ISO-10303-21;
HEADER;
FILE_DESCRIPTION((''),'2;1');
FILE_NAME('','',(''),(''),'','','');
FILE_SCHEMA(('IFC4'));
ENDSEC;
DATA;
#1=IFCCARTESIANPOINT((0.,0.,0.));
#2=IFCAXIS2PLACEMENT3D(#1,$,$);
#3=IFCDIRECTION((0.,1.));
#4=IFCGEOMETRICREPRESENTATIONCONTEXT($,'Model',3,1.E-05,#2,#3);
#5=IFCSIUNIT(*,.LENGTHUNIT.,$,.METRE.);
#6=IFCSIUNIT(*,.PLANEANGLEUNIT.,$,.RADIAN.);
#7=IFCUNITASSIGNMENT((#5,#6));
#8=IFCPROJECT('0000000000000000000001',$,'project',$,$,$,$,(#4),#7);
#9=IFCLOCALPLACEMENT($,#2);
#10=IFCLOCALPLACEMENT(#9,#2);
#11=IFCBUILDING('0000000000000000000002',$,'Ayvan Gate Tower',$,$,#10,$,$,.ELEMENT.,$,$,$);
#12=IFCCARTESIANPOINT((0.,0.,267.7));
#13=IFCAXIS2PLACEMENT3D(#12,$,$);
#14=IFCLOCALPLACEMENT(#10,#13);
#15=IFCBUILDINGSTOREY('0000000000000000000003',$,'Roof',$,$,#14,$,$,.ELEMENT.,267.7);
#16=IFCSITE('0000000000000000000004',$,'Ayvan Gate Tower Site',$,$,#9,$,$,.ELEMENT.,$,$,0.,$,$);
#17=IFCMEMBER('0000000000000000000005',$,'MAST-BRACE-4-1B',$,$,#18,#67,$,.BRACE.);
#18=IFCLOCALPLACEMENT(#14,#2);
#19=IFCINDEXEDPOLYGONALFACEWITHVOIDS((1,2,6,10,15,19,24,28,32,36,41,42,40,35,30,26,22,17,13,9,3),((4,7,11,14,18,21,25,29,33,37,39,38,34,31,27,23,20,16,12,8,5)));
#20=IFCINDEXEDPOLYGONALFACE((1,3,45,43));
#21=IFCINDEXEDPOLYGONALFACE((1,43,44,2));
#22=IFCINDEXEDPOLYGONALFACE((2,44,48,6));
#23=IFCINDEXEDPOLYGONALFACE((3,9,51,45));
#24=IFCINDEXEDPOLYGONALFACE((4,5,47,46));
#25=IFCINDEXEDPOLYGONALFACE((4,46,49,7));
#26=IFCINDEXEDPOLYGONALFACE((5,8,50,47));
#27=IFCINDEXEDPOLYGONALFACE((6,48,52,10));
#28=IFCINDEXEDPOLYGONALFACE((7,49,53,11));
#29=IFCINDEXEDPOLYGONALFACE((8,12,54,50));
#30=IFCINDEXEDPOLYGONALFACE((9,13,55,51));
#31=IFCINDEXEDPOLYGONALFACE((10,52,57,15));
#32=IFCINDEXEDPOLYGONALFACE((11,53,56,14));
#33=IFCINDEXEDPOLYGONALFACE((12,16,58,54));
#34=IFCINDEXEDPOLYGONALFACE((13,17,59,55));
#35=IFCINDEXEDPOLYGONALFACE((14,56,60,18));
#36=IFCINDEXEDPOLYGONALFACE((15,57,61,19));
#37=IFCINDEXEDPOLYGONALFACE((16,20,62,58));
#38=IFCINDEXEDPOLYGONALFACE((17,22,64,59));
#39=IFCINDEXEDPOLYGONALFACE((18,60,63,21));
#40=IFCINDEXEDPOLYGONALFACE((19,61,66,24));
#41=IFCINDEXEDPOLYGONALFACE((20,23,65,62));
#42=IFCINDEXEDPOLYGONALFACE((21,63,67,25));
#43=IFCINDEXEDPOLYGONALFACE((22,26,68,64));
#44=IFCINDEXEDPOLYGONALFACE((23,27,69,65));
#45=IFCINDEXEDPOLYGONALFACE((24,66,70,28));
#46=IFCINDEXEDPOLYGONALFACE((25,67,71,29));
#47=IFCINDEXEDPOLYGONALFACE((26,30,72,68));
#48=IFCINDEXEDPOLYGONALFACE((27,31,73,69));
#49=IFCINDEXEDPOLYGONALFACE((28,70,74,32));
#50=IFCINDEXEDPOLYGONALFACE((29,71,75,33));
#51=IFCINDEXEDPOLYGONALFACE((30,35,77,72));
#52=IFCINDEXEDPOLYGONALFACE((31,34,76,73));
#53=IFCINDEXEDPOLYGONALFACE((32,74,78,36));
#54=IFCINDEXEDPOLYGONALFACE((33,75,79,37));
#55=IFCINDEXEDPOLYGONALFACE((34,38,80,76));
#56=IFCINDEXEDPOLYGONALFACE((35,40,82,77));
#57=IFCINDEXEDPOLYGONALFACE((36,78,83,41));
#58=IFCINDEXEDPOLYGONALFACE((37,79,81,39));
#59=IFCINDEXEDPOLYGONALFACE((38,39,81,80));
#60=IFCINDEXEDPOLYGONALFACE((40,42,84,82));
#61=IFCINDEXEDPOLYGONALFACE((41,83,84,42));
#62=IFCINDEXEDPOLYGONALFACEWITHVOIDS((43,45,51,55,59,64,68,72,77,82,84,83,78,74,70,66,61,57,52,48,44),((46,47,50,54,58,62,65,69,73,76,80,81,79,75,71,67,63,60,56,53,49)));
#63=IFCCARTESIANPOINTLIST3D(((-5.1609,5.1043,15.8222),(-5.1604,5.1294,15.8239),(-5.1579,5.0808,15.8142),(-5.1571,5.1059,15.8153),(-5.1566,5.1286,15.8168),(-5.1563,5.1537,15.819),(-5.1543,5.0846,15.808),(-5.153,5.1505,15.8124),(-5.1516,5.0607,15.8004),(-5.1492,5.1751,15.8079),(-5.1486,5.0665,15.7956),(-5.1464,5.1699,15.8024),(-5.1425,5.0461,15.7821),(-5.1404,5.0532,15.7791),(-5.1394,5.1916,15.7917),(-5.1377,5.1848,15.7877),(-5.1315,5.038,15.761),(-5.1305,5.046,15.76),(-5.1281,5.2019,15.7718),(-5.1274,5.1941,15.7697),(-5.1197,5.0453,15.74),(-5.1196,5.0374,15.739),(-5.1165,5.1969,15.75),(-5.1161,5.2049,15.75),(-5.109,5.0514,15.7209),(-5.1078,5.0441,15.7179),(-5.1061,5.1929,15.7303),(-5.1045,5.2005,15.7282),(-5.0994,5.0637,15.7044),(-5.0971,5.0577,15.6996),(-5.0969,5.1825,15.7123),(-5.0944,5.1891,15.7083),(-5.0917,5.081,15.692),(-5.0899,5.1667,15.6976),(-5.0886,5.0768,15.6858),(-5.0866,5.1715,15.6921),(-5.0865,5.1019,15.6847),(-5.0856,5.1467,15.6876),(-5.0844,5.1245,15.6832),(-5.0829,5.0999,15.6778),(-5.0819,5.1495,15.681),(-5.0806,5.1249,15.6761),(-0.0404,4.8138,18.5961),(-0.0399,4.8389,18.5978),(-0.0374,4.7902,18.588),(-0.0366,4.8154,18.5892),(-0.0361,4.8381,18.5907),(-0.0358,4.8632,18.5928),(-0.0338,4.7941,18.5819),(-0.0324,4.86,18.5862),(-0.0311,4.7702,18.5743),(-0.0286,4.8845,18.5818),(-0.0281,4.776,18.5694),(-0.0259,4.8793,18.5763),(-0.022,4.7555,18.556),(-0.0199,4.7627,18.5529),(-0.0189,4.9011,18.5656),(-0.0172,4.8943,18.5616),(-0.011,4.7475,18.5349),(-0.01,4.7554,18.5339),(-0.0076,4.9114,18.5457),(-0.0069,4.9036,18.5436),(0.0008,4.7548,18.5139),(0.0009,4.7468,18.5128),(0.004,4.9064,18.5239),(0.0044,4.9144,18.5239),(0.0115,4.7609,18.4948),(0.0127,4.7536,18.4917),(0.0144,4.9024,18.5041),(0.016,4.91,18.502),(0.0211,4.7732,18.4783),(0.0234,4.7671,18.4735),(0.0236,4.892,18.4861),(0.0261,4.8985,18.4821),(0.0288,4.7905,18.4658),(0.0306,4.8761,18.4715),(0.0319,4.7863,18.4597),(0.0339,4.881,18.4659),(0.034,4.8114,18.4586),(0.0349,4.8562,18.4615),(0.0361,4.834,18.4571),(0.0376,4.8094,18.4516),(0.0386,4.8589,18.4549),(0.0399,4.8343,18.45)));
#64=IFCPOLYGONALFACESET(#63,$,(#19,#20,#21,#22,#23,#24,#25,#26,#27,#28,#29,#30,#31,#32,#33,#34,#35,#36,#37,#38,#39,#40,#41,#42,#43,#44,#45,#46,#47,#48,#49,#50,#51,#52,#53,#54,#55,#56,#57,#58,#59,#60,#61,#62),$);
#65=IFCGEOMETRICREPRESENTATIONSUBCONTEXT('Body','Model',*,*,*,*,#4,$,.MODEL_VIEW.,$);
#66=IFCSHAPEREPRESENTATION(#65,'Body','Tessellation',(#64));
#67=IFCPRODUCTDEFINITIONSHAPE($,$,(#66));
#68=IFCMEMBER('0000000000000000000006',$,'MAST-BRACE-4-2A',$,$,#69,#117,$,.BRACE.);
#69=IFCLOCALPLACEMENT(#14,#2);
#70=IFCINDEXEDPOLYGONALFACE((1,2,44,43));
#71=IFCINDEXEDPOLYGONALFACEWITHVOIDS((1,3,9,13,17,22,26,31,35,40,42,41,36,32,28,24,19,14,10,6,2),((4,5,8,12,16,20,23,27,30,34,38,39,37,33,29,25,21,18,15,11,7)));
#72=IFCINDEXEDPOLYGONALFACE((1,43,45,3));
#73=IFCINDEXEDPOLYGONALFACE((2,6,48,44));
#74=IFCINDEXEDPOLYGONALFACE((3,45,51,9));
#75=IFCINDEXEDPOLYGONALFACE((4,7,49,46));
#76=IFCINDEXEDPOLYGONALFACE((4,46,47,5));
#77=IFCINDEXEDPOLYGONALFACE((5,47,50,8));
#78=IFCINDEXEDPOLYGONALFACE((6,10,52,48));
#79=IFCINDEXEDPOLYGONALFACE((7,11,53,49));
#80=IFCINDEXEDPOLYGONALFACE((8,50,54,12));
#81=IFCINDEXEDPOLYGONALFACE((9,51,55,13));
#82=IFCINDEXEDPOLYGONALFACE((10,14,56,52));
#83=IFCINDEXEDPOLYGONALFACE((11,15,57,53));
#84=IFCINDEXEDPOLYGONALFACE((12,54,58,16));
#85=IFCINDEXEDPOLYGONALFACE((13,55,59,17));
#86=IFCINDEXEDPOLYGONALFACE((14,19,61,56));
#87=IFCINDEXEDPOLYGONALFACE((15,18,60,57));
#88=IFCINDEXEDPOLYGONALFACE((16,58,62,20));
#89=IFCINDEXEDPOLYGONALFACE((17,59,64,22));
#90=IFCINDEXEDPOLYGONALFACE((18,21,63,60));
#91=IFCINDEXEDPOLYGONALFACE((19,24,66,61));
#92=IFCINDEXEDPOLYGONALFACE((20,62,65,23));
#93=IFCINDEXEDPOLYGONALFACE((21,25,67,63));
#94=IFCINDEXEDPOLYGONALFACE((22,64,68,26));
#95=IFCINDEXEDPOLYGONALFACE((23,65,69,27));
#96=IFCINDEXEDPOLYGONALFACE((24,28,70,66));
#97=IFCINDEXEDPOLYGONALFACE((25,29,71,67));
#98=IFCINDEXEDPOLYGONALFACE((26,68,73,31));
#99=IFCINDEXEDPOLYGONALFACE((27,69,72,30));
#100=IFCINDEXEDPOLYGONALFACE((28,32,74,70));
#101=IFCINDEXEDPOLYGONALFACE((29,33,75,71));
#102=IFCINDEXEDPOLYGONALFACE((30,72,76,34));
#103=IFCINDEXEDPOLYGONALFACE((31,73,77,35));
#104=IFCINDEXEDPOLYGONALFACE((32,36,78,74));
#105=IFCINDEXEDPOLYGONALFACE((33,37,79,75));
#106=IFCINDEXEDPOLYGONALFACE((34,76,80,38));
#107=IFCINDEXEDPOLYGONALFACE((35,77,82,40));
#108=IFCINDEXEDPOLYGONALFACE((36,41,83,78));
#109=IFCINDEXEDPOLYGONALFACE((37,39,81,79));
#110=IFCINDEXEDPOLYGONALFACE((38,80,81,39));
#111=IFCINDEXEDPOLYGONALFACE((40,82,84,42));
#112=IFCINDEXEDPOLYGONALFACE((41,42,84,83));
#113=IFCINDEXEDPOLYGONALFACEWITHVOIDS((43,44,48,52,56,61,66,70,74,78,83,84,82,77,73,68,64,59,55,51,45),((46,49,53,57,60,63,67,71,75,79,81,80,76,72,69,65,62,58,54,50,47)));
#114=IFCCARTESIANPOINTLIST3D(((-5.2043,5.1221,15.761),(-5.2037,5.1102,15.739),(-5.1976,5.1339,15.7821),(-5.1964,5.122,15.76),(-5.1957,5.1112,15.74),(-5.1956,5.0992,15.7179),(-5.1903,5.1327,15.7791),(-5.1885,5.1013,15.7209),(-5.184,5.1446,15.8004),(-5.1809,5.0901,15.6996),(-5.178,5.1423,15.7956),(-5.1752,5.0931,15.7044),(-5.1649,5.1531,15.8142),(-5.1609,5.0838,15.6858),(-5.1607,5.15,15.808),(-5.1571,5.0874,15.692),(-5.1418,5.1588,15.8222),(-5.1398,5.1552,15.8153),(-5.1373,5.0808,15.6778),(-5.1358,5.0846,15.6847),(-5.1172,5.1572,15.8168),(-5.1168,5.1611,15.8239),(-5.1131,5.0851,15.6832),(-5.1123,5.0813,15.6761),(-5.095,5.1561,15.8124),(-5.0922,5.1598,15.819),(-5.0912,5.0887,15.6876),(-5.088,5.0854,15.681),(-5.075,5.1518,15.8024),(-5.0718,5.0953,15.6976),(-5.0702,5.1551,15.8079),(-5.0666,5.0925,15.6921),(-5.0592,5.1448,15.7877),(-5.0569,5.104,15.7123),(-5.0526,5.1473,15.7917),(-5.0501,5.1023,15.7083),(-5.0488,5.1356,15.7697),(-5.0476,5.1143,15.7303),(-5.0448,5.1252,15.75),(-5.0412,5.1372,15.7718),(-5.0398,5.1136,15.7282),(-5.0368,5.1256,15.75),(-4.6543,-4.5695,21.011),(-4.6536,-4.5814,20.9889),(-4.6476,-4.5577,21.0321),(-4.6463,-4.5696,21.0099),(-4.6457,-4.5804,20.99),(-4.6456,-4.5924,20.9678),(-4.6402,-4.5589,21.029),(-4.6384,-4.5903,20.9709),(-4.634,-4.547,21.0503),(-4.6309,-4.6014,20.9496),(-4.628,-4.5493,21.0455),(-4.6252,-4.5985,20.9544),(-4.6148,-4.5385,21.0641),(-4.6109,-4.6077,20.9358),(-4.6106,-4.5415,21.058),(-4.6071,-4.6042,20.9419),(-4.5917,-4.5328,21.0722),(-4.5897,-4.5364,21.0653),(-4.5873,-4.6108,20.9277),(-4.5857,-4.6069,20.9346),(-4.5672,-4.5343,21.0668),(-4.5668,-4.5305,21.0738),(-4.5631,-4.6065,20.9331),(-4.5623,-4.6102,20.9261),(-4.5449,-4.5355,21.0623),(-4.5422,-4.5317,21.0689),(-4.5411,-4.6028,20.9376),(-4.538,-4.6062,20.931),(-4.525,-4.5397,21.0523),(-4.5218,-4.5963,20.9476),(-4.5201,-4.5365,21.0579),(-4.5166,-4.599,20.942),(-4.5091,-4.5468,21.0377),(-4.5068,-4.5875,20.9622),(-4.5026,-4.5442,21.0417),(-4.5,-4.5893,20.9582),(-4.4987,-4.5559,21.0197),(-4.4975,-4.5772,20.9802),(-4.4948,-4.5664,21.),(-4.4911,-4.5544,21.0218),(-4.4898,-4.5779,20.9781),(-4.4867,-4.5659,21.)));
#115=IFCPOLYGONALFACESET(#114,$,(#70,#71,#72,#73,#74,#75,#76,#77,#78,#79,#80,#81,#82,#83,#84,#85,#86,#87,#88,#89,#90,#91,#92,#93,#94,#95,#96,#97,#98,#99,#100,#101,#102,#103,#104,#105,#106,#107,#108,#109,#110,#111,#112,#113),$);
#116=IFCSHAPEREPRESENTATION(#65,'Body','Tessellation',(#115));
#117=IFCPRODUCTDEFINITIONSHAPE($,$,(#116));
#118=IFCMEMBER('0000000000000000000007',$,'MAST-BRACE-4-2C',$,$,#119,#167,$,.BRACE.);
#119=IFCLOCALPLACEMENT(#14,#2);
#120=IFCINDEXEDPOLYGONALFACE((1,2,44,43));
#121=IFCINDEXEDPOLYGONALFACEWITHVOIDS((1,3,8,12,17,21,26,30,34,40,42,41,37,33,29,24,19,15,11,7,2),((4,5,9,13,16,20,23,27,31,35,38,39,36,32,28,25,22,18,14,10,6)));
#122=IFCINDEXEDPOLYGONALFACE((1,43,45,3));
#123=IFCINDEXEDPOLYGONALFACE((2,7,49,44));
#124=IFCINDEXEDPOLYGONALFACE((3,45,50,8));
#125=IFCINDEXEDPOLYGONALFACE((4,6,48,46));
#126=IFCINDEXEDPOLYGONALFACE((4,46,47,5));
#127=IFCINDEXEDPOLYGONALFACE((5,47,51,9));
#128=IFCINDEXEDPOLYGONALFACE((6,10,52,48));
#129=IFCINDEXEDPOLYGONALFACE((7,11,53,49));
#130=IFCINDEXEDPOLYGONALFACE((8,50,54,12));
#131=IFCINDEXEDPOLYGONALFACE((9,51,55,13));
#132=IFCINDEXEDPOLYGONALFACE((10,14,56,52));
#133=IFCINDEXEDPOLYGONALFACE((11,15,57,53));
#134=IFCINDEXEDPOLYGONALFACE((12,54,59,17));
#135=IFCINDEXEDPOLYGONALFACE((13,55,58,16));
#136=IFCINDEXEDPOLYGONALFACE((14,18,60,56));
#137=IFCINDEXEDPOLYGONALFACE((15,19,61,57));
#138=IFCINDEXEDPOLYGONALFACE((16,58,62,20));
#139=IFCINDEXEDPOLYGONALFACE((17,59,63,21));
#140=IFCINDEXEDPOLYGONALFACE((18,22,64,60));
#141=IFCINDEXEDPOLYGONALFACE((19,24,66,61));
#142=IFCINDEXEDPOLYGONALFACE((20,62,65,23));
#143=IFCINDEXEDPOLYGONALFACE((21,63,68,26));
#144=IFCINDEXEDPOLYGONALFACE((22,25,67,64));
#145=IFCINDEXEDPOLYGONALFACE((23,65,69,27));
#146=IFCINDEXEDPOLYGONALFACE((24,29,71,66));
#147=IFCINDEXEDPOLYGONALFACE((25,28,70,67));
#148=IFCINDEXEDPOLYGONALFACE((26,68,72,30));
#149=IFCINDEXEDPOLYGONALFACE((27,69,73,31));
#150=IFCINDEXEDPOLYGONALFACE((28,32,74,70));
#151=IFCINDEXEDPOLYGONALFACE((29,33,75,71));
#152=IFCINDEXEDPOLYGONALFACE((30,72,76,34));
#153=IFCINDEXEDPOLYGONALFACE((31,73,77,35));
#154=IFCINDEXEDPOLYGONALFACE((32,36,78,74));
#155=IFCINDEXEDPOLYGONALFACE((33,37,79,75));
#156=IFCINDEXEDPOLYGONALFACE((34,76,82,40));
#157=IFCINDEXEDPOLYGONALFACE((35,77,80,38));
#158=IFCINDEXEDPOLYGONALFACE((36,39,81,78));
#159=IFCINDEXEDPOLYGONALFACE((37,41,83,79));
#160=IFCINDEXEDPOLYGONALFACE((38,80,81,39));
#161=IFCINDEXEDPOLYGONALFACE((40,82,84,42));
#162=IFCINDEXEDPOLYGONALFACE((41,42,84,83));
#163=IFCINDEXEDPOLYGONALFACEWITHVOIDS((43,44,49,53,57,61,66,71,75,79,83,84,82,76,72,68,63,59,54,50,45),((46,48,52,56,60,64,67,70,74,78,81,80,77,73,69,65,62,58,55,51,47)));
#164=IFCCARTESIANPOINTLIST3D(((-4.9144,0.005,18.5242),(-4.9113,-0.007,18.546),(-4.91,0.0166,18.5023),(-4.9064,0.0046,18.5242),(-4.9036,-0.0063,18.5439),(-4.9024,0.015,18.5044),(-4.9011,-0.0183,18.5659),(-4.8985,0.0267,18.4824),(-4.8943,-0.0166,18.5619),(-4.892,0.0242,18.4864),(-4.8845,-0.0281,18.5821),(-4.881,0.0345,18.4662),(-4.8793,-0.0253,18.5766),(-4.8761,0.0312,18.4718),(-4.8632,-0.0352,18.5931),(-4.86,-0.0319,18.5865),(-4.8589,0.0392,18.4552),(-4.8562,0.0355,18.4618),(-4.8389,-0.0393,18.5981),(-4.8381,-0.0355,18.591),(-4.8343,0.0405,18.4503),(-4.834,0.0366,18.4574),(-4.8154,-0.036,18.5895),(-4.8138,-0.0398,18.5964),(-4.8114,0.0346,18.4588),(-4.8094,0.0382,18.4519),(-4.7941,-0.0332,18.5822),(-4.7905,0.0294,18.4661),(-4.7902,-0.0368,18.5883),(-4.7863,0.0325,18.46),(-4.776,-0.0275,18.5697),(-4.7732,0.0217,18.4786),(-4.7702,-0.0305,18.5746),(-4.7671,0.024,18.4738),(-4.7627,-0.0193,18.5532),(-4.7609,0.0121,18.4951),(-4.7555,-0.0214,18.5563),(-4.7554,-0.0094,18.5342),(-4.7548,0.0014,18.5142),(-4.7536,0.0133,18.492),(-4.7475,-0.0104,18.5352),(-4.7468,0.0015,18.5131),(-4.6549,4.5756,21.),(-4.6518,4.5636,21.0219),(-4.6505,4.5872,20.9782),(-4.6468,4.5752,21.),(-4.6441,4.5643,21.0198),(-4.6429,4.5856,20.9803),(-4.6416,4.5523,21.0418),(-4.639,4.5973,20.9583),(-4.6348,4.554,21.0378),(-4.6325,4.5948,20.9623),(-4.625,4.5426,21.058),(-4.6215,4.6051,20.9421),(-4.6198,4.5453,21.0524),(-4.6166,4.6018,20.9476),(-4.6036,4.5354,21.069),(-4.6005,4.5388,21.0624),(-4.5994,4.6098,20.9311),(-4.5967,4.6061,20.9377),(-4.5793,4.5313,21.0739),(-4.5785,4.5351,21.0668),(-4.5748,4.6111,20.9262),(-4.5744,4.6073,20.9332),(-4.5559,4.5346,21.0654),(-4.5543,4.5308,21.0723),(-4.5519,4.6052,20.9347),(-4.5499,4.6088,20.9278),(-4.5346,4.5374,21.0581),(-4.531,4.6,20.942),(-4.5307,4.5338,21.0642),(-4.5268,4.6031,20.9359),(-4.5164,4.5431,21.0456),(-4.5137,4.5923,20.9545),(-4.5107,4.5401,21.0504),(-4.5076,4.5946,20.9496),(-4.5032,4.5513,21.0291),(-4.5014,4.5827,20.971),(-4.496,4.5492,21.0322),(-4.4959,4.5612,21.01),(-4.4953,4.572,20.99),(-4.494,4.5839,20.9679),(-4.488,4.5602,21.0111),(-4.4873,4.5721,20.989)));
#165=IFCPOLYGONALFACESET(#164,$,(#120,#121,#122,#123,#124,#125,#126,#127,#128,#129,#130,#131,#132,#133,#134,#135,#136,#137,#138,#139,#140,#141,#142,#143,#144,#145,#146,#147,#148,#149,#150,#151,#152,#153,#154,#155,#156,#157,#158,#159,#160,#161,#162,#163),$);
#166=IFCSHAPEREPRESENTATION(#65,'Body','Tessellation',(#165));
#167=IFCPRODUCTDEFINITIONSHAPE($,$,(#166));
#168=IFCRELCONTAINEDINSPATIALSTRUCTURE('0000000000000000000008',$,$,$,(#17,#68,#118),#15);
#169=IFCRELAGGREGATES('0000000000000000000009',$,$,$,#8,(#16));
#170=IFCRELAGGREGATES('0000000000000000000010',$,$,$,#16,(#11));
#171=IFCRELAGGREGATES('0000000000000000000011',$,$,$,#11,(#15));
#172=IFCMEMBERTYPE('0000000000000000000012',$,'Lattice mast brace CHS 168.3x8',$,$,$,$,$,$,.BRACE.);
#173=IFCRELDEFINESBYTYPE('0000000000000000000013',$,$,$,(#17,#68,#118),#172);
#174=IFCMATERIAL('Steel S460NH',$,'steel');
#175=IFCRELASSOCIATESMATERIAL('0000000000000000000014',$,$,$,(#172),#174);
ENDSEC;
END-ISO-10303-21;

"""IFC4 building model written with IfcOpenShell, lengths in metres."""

from ifc_helpers import new_model, si_unit, direction, frame, origin, origin_2d, place, context, subcontext, project, spatial, hollow_circle, extrude, material, material_profile, profile_set, type_object, element, save


model = new_model("IFC4")

# Units and contexts
model_context = context("Model", 3, precision=1e-05, world=origin(), true_north=direction((0.0, 1.0)))
body_context = subcontext(model_context, "Body", "Model", "MODEL_VIEW")
ifc_project = project(units=[si_unit("LENGTHUNIT", "METRE"), si_unit("PLANEANGLEUNIT", "RADIAN")], contexts=[model_context])

# Site, building, storey
site_placement = place(None, origin())
site = spatial("IfcSite", under=ifc_project, at=site_placement, Name="Ayvan Gate Tower Site", CompositionType="ELEMENT", RefElevation=0.0)
building_placement = place(site_placement, origin())
building = spatial("IfcBuilding", under=site, at=building_placement, Name="Ayvan Gate Tower", CompositionType="ELEMENT")
storey_placement = place(building_placement, frame((0.0, 0.0, 267.7)))
storey = spatial("IfcBuildingStorey", under=building, at=storey_placement, Name="Roof", CompositionType="ELEMENT", Elevation=267.7)

# Members
ifc_material_1 = material(Name="Steel S460NH", Category="steel")
ifc_material_profile_1 = material_profile(ifc_material_1, hollow_circle(Radius=0.0842, WallThickness=0.0081, at=origin_2d()), Name="CHS 168.3x8")
ifc_profile_set_1 = profile_set([ifc_material_profile_1], Name="Steel S460NH")
member_type_1 = type_object("IfcMemberType", Name="Lattice mast brace CHS 168.3x8", PredefinedType="BRACE", material=ifc_profile_set_1)
member_1_placement = place(storey_placement, frame((-5.1208, 5.1208, 15.75), z_axis=(0.878181, -0.049825, 0.475727), x_axis=(0.056646, 0.998394, 0.0)))
element("IfcMember", 1, at=member_1_placement, inside=storey, type_object=member_type_1, Name="MAST-BRACE-4-1B", PredefinedType="BRACE", context=body_context, shape_type="SweptSolid", body=[
    extrude(hollow_circle(Radius=0.0842, WallThickness=0.0081, at=origin_2d()), origin(), (0.0, 0.0, 1.0), 5.8308),
])
member_2_placement = place(storey_placement, frame((-5.1208, 5.1208, 15.75), z_axis=(0.049841, -0.878186, 0.475716), x_axis=(0.998393, 0.056664, 0.0)))
element("IfcMember", 2, at=member_2_placement, inside=storey, type_object=member_type_1, Name="MAST-BRACE-4-2A", PredefinedType="BRACE", context=body_context, shape_type="SweptSolid", body=[
    extrude(hollow_circle(Radius=0.0842, WallThickness=0.0081, at=origin_2d()), origin(), (0.0, 0.0, 1.0), 11.0359),
])
member_3_placement = place(storey_placement, frame((-4.8303, 0.0002, 18.5242), z_axis=(0.049865, 0.878189, 0.475707), x_axis=(-0.998392, 0.05669, 0.0)))
element("IfcMember", 3, at=member_3_placement, inside=storey, type_object=member_type_1, Name="MAST-BRACE-4-2C", PredefinedType="BRACE", context=body_context, shape_type="SweptSolid", body=[
    extrude(hollow_circle(Radius=0.0842, WallThickness=0.0081, at=origin_2d()), origin(), (0.0, 0.0, 1.0), 5.2046),
])

save(model, "model.ifc")
